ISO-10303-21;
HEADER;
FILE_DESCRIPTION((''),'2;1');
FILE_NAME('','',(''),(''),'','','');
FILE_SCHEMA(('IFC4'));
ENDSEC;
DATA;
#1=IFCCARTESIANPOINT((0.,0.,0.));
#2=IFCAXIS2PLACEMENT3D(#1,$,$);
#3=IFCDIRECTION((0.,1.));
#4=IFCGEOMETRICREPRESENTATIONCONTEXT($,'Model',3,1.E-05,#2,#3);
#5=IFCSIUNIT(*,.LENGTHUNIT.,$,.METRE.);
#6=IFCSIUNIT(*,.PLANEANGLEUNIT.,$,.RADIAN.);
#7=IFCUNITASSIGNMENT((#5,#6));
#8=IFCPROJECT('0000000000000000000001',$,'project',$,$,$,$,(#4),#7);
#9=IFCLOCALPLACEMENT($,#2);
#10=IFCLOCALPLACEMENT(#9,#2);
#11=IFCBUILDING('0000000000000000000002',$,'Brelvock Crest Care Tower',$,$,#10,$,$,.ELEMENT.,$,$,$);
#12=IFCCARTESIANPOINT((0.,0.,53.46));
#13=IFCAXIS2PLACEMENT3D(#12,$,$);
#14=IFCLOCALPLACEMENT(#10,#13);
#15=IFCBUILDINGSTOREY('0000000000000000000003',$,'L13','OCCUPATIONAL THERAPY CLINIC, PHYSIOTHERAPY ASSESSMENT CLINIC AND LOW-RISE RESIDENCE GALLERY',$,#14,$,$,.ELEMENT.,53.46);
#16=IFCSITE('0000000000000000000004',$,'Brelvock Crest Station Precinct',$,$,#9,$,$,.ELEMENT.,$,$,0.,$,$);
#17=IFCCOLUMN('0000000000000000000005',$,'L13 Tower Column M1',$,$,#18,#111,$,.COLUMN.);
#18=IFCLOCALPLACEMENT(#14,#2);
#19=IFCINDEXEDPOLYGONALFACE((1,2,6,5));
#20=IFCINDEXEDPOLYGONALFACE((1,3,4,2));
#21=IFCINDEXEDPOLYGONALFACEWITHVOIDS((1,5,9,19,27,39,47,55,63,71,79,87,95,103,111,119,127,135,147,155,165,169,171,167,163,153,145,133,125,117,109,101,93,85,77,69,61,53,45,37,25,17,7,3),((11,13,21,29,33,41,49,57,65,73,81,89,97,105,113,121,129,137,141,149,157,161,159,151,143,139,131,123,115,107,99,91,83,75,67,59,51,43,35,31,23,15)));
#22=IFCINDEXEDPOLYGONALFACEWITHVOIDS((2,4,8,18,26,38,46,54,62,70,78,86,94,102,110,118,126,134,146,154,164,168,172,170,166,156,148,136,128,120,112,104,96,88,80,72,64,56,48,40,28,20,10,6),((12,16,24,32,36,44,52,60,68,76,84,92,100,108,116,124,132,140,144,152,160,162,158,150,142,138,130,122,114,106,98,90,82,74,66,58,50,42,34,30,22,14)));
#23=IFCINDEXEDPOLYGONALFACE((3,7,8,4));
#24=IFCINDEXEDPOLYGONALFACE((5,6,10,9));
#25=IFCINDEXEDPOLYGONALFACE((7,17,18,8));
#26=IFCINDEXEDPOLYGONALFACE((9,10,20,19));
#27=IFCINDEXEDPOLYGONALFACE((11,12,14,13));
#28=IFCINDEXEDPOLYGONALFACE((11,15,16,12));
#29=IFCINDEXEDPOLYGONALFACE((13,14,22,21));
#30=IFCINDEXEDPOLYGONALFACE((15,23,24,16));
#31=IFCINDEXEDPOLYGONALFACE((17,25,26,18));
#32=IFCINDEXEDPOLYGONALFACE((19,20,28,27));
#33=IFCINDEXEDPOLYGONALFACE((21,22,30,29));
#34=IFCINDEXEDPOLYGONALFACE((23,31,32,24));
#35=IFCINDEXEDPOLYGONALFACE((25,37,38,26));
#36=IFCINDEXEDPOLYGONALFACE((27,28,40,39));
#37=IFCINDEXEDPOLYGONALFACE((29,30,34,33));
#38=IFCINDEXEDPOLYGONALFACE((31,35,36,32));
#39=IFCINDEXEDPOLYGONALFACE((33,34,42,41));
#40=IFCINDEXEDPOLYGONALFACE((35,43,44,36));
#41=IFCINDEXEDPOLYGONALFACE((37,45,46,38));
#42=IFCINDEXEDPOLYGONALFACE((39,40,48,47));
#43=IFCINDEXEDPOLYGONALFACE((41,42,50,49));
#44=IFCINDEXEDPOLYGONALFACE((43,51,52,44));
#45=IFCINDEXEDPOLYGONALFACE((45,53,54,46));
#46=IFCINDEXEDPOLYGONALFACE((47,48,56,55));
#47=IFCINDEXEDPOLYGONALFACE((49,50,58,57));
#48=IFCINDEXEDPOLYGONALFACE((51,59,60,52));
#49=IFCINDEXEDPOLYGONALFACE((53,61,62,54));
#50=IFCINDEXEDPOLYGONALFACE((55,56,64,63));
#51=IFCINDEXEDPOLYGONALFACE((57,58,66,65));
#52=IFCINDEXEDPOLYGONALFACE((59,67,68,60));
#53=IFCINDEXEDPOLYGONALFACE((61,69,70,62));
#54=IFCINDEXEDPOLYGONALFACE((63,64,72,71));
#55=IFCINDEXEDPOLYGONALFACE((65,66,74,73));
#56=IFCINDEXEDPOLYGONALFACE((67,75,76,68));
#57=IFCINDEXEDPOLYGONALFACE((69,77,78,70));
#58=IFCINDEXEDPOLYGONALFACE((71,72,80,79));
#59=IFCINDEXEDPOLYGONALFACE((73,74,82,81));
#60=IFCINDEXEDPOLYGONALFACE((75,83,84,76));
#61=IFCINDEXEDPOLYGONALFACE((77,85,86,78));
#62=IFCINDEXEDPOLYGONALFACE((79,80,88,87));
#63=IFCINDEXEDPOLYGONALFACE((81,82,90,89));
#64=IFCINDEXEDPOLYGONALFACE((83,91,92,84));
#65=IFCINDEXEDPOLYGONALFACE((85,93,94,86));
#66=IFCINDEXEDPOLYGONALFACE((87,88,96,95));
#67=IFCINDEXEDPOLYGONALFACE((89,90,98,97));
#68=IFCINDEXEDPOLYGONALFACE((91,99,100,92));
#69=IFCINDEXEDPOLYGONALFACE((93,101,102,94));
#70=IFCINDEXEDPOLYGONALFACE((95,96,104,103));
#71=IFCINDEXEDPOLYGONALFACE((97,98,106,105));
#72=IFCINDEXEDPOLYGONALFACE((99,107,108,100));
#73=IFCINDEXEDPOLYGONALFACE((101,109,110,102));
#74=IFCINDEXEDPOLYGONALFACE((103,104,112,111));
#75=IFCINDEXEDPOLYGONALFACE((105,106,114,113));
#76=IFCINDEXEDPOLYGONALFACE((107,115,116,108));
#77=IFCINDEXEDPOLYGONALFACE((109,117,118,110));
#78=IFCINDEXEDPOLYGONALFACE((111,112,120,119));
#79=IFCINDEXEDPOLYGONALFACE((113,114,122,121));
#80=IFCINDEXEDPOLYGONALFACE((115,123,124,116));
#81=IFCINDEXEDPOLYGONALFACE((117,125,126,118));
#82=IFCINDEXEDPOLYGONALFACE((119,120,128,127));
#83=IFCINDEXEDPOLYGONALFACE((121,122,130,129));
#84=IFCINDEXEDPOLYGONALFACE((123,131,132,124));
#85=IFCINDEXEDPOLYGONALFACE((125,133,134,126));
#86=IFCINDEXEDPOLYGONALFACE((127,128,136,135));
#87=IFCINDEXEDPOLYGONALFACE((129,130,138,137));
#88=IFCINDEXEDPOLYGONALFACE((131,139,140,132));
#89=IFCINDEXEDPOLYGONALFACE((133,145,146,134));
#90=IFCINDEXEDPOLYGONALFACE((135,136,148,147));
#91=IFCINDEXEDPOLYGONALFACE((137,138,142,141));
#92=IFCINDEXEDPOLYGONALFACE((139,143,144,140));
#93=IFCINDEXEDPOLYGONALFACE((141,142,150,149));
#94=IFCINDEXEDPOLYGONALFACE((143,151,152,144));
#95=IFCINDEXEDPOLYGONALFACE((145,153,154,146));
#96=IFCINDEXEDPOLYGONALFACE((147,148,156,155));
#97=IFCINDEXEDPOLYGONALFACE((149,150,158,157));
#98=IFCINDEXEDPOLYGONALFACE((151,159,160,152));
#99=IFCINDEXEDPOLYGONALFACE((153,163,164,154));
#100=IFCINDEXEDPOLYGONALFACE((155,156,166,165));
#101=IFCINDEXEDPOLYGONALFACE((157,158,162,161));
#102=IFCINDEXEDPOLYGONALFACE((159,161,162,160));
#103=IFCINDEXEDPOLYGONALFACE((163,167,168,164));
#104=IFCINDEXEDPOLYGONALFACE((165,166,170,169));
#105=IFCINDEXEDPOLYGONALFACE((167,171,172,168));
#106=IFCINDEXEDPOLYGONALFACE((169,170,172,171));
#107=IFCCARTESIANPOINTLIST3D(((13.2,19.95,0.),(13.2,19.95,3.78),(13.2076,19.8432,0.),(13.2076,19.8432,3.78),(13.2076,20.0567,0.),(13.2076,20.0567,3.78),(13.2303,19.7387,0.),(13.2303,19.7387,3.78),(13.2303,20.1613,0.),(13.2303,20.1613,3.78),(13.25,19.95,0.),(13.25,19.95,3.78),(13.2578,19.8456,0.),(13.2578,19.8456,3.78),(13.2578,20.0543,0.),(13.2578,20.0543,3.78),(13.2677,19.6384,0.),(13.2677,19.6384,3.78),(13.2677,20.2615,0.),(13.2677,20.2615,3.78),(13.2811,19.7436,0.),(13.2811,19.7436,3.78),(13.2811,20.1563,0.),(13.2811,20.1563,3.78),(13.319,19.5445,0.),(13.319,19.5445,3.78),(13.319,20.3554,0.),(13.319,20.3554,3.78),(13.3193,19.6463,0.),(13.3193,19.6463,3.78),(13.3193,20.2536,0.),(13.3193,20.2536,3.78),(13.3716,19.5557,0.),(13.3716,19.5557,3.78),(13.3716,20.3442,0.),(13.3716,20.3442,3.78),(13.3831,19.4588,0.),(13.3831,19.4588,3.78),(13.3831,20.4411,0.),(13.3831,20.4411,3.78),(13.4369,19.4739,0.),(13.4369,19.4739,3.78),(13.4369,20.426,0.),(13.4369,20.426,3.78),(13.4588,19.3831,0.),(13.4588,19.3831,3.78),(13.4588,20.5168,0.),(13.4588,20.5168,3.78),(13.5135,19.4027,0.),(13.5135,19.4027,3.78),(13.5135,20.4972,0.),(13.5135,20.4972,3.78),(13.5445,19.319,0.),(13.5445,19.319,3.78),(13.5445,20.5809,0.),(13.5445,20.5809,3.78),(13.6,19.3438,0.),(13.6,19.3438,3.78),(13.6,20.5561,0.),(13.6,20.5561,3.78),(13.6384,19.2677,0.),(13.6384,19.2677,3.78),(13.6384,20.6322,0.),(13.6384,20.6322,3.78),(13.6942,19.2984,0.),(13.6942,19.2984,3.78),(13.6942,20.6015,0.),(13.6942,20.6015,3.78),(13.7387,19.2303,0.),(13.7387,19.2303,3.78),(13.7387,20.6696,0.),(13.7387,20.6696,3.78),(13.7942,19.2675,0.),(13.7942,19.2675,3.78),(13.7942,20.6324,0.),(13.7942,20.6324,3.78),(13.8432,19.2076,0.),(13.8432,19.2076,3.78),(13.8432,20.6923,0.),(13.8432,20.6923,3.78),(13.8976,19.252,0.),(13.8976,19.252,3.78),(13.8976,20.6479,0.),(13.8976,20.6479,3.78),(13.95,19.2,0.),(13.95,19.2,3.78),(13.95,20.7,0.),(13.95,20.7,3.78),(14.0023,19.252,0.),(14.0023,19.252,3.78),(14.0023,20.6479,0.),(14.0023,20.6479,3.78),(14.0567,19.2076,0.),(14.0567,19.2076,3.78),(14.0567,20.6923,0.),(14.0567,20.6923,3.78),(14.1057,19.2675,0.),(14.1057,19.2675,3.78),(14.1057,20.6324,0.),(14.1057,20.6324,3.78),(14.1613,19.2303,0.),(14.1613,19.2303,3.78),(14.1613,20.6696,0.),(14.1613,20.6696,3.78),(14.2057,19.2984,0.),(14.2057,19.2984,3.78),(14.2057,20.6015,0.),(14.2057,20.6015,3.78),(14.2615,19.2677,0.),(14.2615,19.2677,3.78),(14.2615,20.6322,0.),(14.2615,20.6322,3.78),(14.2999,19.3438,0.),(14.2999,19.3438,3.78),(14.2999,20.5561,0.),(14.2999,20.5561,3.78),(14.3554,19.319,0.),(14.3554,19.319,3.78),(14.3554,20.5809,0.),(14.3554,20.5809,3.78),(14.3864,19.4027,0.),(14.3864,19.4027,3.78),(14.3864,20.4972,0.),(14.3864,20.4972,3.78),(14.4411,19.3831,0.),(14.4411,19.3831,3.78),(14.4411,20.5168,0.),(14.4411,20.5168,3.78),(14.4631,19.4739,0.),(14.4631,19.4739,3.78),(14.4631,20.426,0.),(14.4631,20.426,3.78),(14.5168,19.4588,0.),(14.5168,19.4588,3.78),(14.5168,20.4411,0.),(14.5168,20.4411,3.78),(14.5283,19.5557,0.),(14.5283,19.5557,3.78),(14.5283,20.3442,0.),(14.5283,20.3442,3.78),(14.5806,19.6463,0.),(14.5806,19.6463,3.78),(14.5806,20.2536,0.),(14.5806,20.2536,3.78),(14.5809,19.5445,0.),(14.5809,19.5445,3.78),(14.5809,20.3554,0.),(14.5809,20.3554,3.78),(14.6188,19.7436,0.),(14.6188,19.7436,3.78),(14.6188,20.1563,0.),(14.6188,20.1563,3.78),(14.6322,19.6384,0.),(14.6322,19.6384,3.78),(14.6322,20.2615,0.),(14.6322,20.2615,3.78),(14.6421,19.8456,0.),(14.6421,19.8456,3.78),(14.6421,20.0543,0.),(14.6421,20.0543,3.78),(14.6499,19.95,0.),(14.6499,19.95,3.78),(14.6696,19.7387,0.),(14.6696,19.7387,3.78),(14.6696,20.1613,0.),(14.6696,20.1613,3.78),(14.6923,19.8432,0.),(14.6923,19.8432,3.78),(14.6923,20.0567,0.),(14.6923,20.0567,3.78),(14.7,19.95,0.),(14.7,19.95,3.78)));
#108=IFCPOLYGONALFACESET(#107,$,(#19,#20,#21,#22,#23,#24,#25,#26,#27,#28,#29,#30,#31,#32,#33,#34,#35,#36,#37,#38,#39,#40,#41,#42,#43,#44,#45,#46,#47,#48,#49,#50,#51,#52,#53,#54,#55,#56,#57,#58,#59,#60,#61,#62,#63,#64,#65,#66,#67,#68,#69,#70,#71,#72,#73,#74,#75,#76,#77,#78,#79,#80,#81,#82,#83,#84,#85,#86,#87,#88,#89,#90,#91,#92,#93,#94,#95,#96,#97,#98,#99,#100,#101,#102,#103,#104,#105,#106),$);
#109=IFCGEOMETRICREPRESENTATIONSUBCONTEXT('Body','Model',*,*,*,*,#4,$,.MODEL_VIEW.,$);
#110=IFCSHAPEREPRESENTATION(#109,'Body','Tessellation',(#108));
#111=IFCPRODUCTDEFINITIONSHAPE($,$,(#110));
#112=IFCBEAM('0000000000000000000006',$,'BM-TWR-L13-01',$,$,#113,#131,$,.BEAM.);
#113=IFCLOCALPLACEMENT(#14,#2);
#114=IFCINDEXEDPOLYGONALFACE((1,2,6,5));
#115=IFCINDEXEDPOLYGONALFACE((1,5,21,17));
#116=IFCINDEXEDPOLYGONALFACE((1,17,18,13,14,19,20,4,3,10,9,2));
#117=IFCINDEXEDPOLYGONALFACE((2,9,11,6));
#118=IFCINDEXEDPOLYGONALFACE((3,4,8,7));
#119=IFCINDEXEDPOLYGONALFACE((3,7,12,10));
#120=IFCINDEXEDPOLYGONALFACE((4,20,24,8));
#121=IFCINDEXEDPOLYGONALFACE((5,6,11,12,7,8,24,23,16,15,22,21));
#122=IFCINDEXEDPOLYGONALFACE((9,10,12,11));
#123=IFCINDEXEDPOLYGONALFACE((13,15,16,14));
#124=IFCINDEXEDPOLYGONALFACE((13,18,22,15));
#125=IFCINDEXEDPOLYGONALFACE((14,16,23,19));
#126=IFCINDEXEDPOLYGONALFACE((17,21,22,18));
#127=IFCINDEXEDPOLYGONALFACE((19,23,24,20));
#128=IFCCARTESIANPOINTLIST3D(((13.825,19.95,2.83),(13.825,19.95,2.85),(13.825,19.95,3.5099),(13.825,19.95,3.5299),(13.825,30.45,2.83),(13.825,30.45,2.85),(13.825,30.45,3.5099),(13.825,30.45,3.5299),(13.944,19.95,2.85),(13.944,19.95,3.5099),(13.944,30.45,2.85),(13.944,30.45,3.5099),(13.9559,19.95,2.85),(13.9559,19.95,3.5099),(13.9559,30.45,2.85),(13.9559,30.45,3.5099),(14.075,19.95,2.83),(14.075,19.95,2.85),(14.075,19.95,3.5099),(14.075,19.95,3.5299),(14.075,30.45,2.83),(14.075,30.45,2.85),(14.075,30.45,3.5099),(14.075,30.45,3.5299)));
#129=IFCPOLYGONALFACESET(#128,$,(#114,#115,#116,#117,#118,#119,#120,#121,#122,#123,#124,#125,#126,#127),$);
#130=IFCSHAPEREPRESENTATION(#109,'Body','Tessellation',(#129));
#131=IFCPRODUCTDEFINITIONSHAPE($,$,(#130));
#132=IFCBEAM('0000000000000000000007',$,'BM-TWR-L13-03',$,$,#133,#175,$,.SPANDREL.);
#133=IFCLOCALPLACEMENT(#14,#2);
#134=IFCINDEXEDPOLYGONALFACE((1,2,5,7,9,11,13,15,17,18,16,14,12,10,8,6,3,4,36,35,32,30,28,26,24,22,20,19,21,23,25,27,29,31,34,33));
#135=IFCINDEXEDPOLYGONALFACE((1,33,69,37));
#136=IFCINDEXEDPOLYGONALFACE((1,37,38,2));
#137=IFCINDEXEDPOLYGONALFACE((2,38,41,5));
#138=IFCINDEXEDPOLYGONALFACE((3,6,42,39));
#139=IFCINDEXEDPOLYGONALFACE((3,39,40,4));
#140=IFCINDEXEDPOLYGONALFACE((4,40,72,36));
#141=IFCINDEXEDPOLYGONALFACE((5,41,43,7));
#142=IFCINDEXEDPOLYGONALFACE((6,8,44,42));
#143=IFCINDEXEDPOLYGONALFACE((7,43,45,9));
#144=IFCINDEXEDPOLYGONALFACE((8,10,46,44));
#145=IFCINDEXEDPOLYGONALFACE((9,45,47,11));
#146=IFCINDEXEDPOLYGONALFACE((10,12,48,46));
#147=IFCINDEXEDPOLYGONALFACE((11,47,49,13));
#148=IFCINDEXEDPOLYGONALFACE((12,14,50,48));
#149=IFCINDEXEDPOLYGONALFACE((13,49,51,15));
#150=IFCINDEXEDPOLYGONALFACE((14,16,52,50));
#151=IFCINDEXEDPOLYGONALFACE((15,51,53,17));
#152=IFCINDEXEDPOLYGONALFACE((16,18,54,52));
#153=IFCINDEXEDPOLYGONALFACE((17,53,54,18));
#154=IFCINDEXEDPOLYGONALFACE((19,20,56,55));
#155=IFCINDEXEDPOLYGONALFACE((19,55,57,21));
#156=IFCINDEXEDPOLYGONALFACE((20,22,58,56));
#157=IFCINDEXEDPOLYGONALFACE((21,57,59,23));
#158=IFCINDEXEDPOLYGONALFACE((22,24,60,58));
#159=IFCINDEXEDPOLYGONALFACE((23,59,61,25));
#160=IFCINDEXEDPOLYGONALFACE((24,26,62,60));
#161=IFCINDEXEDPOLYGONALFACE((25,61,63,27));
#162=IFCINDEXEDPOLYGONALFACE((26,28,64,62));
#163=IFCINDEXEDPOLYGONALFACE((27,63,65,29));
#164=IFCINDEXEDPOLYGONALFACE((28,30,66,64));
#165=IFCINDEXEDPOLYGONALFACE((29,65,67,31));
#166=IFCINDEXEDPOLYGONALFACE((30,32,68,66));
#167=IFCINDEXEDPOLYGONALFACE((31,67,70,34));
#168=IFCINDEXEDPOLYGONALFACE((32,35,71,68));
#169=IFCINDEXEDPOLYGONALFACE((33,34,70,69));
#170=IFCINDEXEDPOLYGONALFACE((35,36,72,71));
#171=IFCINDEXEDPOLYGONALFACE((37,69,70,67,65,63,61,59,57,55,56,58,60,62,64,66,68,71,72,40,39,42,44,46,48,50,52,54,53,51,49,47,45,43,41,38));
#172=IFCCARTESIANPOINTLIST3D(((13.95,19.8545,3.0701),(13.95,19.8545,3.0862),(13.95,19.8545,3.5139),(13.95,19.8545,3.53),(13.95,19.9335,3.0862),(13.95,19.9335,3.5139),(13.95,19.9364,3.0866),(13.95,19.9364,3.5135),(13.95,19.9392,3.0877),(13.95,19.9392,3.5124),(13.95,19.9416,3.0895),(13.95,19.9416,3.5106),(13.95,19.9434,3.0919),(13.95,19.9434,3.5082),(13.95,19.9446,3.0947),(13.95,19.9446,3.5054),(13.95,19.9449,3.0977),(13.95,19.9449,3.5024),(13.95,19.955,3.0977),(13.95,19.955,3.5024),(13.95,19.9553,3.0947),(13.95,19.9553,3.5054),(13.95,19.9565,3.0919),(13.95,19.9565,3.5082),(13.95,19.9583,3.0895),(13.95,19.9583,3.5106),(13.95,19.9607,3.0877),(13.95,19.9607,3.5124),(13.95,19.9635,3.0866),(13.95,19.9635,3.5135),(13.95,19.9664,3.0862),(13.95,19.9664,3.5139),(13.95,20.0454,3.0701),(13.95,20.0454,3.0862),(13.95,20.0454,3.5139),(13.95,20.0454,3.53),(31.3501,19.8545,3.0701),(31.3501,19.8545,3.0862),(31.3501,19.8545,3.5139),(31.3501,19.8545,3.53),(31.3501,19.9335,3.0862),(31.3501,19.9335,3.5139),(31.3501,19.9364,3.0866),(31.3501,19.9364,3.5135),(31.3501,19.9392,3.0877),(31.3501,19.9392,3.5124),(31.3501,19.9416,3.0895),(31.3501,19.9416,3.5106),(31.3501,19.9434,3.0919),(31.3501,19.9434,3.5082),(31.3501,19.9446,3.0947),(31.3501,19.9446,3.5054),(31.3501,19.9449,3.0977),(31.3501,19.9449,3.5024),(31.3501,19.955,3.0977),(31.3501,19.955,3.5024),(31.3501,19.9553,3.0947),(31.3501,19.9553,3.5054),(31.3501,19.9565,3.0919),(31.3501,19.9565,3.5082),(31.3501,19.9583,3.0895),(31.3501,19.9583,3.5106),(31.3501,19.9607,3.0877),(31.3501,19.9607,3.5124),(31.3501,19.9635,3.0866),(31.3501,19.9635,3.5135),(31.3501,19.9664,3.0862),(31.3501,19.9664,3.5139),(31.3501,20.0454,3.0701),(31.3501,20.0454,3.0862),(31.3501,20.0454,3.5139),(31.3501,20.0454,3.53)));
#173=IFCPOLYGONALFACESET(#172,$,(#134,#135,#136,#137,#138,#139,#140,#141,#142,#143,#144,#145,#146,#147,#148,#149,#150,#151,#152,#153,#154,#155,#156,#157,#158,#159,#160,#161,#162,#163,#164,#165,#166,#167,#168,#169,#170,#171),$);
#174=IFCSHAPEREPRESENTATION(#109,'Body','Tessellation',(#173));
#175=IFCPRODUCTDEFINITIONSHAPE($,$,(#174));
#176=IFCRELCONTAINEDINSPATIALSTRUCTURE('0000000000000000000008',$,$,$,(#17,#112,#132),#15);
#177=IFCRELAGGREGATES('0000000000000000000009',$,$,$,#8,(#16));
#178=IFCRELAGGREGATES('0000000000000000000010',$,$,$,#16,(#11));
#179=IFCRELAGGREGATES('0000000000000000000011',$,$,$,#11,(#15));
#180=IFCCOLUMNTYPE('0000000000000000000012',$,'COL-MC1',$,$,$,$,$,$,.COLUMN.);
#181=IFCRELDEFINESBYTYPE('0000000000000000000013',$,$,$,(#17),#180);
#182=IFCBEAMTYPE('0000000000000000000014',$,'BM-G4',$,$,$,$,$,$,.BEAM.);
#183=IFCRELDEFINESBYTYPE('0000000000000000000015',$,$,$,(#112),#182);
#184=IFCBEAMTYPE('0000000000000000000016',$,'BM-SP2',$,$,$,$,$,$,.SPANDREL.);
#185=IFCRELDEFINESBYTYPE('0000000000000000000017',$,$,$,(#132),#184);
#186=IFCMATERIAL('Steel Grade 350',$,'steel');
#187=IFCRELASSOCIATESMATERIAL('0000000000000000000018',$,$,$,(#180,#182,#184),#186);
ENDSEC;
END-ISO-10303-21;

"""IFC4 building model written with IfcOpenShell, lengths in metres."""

from ifc_helpers import new_model, si_unit, direction, frame, origin, origin_2d, place, context, subcontext, project, spatial, hollow_circle, i_section, extrude, source, transform, mapped, material, material_profile, profile_set, type_object, element, save


model = new_model("IFC4")

# Units and contexts
model_context = context("Model", 3, precision=1e-05, world=origin(), true_north=direction((0.0, 1.0)))
body_context = subcontext(model_context, "Body", "Model", "MODEL_VIEW")
ifc_project = project(units=[si_unit("LENGTHUNIT", "METRE"), si_unit("PLANEANGLEUNIT", "RADIAN")], contexts=[model_context])

# Site, building, storey
site_placement = place(None, origin())
site = spatial("IfcSite", under=ifc_project, at=site_placement, Name="Brelvock Crest Station Precinct", CompositionType="ELEMENT", RefElevation=0.0)
building_placement = place(site_placement, origin())
building = spatial("IfcBuilding", under=site, at=building_placement, Name="Brelvock Crest Care Tower", CompositionType="ELEMENT")
storey_placement = place(building_placement, frame((0.0, 0.0, 53.46)))
storey = spatial("IfcBuildingStorey", under=building, at=storey_placement, Name="L13", Description="OCCUPATIONAL THERAPY CLINIC, PHYSIOTHERAPY ASSESSMENT CLINIC AND LOW-RISE RESIDENCE GALLERY", CompositionType="ELEMENT", Elevation=53.46)

# Column
ifc_material_1 = material(Name="Steel Grade 350", Category="steel")
ifc_material_profile_1 = material_profile(ifc_material_1, hollow_circle(Radius=0.75, WallThickness=0.05, at=origin_2d()), Name="CFT1500x50")
ifc_profile_set_1 = profile_set([ifc_material_profile_1], Name="Steel Grade 350")
column_type = type_object("IfcColumnType", Name="COL-MC1", PredefinedType="COLUMN", material=ifc_profile_set_1)
shared_shape_1 = source(origin(), body_context, "Body", "SweptSolid", [
    extrude(hollow_circle(Radius=0.75, WallThickness=0.05, at=origin_2d()), origin(), (0.0, 0.0, 1.0), 3.78),
])
column_placement = place(storey_placement, frame((13.95, 19.95, 0.0), z_axis=(0.0, 0.0, 1.0), x_axis=(1.0, 0.0, 0.0)))
element("IfcColumn", 1, at=column_placement, inside=storey, type_object=column_type, Name="L13 Tower Column M1", PredefinedType="COLUMN", context=body_context, shape_type="MappedRepresentation", body=[
    mapped(shared_shape_1, transform((0.0, 0.0, 0.0), x_axis=(1.0, 0.0, 0.0), y_axis=(0.0, 1.0, 0.0), z_axis=(0.0, 0.0, 1.0), scale=1.0)),
])

# Beams
ifc_material_profile_2 = material_profile(ifc_material_1, i_section(OverallWidth=0.25, OverallDepth=0.7, WebThickness=0.012, FlangeThickness=0.02, at=origin_2d()), Name="700WB150")
ifc_profile_set_2 = profile_set([ifc_material_profile_2], Name="Steel Grade 350")
beam_type_1 = type_object("IfcBeamType", Name="BM-G4", PredefinedType="BEAM", material=ifc_profile_set_2)
shared_shape_2 = source(origin(), body_context, "Body", "SweptSolid", [
    extrude(i_section(OverallWidth=0.25, OverallDepth=0.7, WebThickness=0.012, FlangeThickness=0.02, at=origin_2d()), origin(), (0.0, 0.0, 1.0), 10.5),
])
beam_1_placement = place(storey_placement, frame((13.95, 19.95, 3.1799), z_axis=(0.0, 1.0, 0.0), x_axis=(-1.0, 0.0, 0.0)))
element("IfcBeam", 2, at=beam_1_placement, inside=storey, type_object=beam_type_1, Name="BM-TWR-L13-01", PredefinedType="BEAM", context=body_context, shape_type="MappedRepresentation", body=[
    mapped(shared_shape_2, transform((0.0, 0.0, 0.0), x_axis=(1.0, 0.0, 0.0), y_axis=(0.0, 1.0, 0.0), z_axis=(0.0, 0.0, 1.0), scale=1.0)),
])
ifc_material_profile_3 = material_profile(ifc_material_1, i_section(OverallWidth=0.1909, OverallDepth=0.46, WebThickness=0.01, FlangeThickness=0.0161, FilletRadius=0.0115, at=origin_2d()), Name="460UB82.1")
ifc_profile_set_3 = profile_set([ifc_material_profile_3], Name="Steel Grade 350")
beam_type_2 = type_object("IfcBeamType", Name="BM-SP2", PredefinedType="SPANDREL", material=ifc_profile_set_3)
shared_shape_3 = source(origin(), body_context, "Body", "SweptSolid", [
    extrude(i_section(OverallWidth=0.1909, OverallDepth=0.46, WebThickness=0.01, FlangeThickness=0.0161, FilletRadius=0.0115, at=origin_2d()), origin(), (0.0, 0.0, 1.0), 17.4001),
])
beam_2_placement = place(storey_placement, frame((13.95, 19.95, 3.3), z_axis=(1.0, 0.0, 0.0), x_axis=(0.0, 1.0, 0.0)))
element("IfcBeam", 3, at=beam_2_placement, inside=storey, type_object=beam_type_2, Name="BM-TWR-L13-03", PredefinedType="SPANDREL", context=body_context, shape_type="MappedRepresentation", body=[
    mapped(shared_shape_3, transform((0.0, 0.0, 0.0), x_axis=(1.0, 0.0, 0.0), y_axis=(0.0, 1.0, 0.0), z_axis=(0.0, 0.0, 1.0), scale=1.0)),
])

save(model, "model.ifc")
